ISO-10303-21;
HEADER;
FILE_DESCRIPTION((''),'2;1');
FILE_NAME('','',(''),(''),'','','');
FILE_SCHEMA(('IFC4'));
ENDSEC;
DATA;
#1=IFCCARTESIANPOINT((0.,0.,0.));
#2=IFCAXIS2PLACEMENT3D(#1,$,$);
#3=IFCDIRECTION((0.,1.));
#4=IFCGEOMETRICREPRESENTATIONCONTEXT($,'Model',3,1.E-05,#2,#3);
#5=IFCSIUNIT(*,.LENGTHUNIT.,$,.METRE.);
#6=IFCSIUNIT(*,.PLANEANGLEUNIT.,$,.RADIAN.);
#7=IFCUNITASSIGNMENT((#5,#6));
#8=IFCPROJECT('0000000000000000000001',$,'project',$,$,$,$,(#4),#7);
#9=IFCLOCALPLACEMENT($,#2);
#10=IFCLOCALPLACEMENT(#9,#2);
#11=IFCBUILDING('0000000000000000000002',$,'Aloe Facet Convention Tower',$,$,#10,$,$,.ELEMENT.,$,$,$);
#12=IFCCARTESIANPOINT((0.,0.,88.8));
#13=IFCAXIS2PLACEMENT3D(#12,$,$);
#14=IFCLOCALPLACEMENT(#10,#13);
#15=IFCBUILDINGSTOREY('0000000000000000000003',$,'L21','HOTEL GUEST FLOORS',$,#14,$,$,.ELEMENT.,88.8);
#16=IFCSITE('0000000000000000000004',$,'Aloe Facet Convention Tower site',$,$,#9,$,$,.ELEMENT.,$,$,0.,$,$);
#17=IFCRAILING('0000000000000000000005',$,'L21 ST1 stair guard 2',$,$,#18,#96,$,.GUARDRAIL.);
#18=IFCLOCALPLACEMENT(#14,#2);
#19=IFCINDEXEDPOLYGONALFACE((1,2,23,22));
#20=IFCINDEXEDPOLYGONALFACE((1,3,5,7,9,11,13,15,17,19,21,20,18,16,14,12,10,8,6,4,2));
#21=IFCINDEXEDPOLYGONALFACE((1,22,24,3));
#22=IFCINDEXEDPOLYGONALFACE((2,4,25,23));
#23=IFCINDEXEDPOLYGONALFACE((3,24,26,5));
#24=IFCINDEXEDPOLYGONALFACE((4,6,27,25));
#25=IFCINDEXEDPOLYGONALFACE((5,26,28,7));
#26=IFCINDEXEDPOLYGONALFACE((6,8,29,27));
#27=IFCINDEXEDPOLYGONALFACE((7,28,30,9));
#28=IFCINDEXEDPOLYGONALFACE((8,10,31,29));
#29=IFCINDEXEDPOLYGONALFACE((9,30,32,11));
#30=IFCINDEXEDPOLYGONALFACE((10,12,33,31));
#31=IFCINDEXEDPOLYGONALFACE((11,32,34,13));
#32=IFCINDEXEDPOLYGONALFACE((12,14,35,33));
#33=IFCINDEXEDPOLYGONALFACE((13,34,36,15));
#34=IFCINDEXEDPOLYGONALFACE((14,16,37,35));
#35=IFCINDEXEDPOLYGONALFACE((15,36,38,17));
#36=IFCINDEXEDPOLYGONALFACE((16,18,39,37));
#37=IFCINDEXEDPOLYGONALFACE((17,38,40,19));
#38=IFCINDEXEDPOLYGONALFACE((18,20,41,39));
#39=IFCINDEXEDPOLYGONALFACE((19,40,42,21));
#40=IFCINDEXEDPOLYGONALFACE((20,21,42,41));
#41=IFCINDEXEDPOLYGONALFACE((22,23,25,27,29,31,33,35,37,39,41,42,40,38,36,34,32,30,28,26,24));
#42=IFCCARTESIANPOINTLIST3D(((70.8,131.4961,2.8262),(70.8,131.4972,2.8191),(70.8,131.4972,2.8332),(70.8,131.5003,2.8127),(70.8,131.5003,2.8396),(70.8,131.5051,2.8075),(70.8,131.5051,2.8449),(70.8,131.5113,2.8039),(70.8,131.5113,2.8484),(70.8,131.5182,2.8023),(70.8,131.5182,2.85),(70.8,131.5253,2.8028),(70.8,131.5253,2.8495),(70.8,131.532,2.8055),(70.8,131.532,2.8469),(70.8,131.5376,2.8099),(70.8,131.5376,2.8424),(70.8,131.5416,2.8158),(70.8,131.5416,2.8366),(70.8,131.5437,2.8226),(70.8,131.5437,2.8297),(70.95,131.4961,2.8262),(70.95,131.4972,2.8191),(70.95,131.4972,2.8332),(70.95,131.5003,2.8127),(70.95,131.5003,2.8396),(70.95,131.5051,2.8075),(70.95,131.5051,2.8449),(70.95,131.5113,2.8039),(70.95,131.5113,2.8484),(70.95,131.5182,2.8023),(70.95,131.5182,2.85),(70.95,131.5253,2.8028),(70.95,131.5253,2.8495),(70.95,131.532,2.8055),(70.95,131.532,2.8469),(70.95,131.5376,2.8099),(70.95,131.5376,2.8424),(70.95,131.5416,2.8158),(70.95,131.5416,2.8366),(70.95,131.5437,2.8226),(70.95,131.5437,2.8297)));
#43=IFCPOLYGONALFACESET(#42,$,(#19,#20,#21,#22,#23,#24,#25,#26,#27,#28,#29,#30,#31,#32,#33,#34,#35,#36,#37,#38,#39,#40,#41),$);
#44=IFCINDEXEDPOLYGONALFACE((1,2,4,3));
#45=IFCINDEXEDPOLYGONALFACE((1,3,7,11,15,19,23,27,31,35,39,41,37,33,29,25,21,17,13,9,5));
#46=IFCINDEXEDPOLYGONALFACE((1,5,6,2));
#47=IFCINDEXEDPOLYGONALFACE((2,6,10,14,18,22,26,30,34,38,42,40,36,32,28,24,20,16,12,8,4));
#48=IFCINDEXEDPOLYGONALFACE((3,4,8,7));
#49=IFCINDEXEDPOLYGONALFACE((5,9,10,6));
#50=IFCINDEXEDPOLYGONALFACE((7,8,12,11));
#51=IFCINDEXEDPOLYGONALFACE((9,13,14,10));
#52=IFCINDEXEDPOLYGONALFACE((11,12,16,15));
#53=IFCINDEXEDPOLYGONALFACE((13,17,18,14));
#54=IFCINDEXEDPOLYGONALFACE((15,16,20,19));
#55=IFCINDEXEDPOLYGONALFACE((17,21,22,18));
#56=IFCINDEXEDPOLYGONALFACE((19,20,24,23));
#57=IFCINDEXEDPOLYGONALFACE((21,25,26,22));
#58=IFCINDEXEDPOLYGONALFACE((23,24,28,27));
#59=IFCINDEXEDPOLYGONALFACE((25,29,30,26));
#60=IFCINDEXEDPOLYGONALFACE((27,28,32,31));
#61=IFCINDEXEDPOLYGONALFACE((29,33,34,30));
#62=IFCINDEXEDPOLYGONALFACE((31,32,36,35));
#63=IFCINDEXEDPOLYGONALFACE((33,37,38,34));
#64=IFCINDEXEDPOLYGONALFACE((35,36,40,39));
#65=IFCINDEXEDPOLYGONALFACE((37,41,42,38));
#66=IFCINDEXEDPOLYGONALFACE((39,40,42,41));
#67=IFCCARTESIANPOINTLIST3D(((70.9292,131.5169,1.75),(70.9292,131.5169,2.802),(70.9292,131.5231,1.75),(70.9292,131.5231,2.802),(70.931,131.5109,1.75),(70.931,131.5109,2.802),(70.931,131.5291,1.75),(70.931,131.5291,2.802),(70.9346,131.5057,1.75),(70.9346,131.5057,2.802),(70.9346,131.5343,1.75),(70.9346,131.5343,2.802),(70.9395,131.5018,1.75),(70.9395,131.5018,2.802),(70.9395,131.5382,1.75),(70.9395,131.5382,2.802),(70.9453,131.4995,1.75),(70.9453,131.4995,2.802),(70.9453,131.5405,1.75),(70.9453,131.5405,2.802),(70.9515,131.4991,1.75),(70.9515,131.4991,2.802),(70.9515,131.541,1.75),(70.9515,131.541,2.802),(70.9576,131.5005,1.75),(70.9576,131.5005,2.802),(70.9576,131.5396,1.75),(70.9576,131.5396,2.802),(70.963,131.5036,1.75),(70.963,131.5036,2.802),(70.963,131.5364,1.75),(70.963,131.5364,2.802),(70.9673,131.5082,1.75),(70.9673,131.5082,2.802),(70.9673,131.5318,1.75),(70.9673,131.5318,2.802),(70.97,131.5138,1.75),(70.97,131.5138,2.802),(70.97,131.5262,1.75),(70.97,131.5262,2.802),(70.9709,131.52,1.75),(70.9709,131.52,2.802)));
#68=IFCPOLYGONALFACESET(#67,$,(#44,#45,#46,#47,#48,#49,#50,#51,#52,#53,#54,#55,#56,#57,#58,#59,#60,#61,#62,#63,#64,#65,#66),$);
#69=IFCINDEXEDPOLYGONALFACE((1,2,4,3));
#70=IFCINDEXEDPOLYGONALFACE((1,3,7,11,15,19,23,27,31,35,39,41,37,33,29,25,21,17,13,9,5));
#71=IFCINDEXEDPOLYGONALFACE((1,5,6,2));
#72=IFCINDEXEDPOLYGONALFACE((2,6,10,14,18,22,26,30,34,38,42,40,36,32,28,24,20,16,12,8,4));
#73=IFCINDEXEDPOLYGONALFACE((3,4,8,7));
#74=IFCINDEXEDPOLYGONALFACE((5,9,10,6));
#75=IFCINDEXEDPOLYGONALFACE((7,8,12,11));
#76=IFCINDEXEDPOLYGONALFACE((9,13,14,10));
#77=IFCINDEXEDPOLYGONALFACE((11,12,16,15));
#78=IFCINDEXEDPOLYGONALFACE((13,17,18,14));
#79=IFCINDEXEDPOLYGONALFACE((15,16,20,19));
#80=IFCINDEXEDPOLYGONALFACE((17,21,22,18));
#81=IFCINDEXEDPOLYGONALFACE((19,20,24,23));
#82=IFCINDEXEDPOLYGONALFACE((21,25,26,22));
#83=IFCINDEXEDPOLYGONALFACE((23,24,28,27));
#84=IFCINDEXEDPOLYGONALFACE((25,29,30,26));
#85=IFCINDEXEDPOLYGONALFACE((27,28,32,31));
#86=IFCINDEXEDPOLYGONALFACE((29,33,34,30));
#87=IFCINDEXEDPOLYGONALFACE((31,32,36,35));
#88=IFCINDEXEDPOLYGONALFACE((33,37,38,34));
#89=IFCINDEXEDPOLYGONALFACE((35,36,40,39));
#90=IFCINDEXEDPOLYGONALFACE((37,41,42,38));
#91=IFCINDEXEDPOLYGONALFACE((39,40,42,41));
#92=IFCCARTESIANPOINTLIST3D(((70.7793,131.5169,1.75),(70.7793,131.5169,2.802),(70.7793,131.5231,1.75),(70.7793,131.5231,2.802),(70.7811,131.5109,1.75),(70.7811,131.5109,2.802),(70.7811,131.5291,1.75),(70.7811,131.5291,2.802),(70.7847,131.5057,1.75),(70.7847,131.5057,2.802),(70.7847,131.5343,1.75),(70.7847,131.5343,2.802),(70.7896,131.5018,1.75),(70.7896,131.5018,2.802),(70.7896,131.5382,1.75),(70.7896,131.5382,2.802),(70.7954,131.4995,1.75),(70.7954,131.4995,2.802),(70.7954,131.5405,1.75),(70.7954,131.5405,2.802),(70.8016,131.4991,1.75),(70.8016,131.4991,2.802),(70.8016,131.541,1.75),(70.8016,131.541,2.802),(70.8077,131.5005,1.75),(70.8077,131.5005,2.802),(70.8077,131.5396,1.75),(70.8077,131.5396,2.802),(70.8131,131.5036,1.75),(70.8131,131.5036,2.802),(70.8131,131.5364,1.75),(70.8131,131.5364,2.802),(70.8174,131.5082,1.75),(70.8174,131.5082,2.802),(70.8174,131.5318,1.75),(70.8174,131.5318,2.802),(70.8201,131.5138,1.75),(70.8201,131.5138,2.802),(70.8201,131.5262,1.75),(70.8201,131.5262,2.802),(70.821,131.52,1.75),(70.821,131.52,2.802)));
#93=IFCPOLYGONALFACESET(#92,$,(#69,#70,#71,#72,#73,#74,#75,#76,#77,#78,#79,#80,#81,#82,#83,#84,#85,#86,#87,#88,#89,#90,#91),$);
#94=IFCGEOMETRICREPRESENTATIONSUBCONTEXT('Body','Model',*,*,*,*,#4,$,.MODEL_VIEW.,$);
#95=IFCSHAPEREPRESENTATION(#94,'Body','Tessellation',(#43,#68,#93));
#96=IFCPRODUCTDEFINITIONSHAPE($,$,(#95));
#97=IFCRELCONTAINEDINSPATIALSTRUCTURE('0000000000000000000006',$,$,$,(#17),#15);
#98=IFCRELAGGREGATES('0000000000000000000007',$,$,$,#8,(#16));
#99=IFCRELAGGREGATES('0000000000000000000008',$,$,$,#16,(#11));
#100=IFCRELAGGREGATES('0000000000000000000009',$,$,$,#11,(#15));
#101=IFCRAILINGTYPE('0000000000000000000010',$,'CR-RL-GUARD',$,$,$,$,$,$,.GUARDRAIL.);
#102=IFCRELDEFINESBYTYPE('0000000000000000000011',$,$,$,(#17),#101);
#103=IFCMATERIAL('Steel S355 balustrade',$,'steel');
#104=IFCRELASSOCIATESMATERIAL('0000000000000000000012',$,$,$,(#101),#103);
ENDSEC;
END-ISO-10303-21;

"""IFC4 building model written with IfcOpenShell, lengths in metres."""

from ifc_helpers import new_model, si_unit, direction, frame, origin, origin_2d, place, context, subcontext, project, spatial, circle, extrude, material, type_object, element, save


model = new_model("IFC4")

# Units and contexts
model_context = context("Model", 3, precision=1e-05, world=origin(), true_north=direction((0.0, 1.0)))
body_context = subcontext(model_context, "Body", "Model", "MODEL_VIEW")
ifc_project = project(units=[si_unit("LENGTHUNIT", "METRE"), si_unit("PLANEANGLEUNIT", "RADIAN")], contexts=[model_context])

# Site, building, storey
site_placement = place(None, origin())
site = spatial("IfcSite", under=ifc_project, at=site_placement, Name="Aloe Facet Convention Tower site", CompositionType="ELEMENT", RefElevation=0.0)
building_placement = place(site_placement, origin())
building = spatial("IfcBuilding", under=site, at=building_placement, Name="Aloe Facet Convention Tower", CompositionType="ELEMENT")
storey_placement = place(building_placement, frame((0.0, 0.0, 88.8)))
storey = spatial("IfcBuildingStorey", under=building, at=storey_placement, Name="L21", Description="HOTEL GUEST FLOORS", CompositionType="ELEMENT", Elevation=88.8)

# Railing
ifc_material_1 = material(Name="Steel S355 balustrade", Category="steel")
railing_type_1 = type_object("IfcRailingType", Name="CR-RL-GUARD", PredefinedType="GUARDRAIL", material=ifc_material_1)
railing_1_placement = place(storey_placement, frame((70.95, 131.52, 1.75)))
element("IfcRailing", 1, at=railing_1_placement, inside=storey, type_object=railing_type_1, Name="L21 ST1 stair guard 2", PredefinedType="GUARDRAIL", context=body_context, shape_type="SweptSolid", body=[
    extrude(circle(Radius=0.0239, at=origin_2d()), frame((0.0, 0.0, 1.0762), z_axis=(-1.0, 0.0, 0.0), x_axis=(0.0, -1.0, 0.0)), (0.0, 0.0, 1.0), 0.1499),
    extrude(circle(Radius=0.021, at=origin_2d()), origin(), (0.0, 0.0, 1.0), 1.052),
    extrude(circle(Radius=0.021, at=origin_2d()), frame((-0.1499, 0.0, 0.0)), (0.0, 0.0, 1.0), 1.052),
])

save(model, "model.ifc")
